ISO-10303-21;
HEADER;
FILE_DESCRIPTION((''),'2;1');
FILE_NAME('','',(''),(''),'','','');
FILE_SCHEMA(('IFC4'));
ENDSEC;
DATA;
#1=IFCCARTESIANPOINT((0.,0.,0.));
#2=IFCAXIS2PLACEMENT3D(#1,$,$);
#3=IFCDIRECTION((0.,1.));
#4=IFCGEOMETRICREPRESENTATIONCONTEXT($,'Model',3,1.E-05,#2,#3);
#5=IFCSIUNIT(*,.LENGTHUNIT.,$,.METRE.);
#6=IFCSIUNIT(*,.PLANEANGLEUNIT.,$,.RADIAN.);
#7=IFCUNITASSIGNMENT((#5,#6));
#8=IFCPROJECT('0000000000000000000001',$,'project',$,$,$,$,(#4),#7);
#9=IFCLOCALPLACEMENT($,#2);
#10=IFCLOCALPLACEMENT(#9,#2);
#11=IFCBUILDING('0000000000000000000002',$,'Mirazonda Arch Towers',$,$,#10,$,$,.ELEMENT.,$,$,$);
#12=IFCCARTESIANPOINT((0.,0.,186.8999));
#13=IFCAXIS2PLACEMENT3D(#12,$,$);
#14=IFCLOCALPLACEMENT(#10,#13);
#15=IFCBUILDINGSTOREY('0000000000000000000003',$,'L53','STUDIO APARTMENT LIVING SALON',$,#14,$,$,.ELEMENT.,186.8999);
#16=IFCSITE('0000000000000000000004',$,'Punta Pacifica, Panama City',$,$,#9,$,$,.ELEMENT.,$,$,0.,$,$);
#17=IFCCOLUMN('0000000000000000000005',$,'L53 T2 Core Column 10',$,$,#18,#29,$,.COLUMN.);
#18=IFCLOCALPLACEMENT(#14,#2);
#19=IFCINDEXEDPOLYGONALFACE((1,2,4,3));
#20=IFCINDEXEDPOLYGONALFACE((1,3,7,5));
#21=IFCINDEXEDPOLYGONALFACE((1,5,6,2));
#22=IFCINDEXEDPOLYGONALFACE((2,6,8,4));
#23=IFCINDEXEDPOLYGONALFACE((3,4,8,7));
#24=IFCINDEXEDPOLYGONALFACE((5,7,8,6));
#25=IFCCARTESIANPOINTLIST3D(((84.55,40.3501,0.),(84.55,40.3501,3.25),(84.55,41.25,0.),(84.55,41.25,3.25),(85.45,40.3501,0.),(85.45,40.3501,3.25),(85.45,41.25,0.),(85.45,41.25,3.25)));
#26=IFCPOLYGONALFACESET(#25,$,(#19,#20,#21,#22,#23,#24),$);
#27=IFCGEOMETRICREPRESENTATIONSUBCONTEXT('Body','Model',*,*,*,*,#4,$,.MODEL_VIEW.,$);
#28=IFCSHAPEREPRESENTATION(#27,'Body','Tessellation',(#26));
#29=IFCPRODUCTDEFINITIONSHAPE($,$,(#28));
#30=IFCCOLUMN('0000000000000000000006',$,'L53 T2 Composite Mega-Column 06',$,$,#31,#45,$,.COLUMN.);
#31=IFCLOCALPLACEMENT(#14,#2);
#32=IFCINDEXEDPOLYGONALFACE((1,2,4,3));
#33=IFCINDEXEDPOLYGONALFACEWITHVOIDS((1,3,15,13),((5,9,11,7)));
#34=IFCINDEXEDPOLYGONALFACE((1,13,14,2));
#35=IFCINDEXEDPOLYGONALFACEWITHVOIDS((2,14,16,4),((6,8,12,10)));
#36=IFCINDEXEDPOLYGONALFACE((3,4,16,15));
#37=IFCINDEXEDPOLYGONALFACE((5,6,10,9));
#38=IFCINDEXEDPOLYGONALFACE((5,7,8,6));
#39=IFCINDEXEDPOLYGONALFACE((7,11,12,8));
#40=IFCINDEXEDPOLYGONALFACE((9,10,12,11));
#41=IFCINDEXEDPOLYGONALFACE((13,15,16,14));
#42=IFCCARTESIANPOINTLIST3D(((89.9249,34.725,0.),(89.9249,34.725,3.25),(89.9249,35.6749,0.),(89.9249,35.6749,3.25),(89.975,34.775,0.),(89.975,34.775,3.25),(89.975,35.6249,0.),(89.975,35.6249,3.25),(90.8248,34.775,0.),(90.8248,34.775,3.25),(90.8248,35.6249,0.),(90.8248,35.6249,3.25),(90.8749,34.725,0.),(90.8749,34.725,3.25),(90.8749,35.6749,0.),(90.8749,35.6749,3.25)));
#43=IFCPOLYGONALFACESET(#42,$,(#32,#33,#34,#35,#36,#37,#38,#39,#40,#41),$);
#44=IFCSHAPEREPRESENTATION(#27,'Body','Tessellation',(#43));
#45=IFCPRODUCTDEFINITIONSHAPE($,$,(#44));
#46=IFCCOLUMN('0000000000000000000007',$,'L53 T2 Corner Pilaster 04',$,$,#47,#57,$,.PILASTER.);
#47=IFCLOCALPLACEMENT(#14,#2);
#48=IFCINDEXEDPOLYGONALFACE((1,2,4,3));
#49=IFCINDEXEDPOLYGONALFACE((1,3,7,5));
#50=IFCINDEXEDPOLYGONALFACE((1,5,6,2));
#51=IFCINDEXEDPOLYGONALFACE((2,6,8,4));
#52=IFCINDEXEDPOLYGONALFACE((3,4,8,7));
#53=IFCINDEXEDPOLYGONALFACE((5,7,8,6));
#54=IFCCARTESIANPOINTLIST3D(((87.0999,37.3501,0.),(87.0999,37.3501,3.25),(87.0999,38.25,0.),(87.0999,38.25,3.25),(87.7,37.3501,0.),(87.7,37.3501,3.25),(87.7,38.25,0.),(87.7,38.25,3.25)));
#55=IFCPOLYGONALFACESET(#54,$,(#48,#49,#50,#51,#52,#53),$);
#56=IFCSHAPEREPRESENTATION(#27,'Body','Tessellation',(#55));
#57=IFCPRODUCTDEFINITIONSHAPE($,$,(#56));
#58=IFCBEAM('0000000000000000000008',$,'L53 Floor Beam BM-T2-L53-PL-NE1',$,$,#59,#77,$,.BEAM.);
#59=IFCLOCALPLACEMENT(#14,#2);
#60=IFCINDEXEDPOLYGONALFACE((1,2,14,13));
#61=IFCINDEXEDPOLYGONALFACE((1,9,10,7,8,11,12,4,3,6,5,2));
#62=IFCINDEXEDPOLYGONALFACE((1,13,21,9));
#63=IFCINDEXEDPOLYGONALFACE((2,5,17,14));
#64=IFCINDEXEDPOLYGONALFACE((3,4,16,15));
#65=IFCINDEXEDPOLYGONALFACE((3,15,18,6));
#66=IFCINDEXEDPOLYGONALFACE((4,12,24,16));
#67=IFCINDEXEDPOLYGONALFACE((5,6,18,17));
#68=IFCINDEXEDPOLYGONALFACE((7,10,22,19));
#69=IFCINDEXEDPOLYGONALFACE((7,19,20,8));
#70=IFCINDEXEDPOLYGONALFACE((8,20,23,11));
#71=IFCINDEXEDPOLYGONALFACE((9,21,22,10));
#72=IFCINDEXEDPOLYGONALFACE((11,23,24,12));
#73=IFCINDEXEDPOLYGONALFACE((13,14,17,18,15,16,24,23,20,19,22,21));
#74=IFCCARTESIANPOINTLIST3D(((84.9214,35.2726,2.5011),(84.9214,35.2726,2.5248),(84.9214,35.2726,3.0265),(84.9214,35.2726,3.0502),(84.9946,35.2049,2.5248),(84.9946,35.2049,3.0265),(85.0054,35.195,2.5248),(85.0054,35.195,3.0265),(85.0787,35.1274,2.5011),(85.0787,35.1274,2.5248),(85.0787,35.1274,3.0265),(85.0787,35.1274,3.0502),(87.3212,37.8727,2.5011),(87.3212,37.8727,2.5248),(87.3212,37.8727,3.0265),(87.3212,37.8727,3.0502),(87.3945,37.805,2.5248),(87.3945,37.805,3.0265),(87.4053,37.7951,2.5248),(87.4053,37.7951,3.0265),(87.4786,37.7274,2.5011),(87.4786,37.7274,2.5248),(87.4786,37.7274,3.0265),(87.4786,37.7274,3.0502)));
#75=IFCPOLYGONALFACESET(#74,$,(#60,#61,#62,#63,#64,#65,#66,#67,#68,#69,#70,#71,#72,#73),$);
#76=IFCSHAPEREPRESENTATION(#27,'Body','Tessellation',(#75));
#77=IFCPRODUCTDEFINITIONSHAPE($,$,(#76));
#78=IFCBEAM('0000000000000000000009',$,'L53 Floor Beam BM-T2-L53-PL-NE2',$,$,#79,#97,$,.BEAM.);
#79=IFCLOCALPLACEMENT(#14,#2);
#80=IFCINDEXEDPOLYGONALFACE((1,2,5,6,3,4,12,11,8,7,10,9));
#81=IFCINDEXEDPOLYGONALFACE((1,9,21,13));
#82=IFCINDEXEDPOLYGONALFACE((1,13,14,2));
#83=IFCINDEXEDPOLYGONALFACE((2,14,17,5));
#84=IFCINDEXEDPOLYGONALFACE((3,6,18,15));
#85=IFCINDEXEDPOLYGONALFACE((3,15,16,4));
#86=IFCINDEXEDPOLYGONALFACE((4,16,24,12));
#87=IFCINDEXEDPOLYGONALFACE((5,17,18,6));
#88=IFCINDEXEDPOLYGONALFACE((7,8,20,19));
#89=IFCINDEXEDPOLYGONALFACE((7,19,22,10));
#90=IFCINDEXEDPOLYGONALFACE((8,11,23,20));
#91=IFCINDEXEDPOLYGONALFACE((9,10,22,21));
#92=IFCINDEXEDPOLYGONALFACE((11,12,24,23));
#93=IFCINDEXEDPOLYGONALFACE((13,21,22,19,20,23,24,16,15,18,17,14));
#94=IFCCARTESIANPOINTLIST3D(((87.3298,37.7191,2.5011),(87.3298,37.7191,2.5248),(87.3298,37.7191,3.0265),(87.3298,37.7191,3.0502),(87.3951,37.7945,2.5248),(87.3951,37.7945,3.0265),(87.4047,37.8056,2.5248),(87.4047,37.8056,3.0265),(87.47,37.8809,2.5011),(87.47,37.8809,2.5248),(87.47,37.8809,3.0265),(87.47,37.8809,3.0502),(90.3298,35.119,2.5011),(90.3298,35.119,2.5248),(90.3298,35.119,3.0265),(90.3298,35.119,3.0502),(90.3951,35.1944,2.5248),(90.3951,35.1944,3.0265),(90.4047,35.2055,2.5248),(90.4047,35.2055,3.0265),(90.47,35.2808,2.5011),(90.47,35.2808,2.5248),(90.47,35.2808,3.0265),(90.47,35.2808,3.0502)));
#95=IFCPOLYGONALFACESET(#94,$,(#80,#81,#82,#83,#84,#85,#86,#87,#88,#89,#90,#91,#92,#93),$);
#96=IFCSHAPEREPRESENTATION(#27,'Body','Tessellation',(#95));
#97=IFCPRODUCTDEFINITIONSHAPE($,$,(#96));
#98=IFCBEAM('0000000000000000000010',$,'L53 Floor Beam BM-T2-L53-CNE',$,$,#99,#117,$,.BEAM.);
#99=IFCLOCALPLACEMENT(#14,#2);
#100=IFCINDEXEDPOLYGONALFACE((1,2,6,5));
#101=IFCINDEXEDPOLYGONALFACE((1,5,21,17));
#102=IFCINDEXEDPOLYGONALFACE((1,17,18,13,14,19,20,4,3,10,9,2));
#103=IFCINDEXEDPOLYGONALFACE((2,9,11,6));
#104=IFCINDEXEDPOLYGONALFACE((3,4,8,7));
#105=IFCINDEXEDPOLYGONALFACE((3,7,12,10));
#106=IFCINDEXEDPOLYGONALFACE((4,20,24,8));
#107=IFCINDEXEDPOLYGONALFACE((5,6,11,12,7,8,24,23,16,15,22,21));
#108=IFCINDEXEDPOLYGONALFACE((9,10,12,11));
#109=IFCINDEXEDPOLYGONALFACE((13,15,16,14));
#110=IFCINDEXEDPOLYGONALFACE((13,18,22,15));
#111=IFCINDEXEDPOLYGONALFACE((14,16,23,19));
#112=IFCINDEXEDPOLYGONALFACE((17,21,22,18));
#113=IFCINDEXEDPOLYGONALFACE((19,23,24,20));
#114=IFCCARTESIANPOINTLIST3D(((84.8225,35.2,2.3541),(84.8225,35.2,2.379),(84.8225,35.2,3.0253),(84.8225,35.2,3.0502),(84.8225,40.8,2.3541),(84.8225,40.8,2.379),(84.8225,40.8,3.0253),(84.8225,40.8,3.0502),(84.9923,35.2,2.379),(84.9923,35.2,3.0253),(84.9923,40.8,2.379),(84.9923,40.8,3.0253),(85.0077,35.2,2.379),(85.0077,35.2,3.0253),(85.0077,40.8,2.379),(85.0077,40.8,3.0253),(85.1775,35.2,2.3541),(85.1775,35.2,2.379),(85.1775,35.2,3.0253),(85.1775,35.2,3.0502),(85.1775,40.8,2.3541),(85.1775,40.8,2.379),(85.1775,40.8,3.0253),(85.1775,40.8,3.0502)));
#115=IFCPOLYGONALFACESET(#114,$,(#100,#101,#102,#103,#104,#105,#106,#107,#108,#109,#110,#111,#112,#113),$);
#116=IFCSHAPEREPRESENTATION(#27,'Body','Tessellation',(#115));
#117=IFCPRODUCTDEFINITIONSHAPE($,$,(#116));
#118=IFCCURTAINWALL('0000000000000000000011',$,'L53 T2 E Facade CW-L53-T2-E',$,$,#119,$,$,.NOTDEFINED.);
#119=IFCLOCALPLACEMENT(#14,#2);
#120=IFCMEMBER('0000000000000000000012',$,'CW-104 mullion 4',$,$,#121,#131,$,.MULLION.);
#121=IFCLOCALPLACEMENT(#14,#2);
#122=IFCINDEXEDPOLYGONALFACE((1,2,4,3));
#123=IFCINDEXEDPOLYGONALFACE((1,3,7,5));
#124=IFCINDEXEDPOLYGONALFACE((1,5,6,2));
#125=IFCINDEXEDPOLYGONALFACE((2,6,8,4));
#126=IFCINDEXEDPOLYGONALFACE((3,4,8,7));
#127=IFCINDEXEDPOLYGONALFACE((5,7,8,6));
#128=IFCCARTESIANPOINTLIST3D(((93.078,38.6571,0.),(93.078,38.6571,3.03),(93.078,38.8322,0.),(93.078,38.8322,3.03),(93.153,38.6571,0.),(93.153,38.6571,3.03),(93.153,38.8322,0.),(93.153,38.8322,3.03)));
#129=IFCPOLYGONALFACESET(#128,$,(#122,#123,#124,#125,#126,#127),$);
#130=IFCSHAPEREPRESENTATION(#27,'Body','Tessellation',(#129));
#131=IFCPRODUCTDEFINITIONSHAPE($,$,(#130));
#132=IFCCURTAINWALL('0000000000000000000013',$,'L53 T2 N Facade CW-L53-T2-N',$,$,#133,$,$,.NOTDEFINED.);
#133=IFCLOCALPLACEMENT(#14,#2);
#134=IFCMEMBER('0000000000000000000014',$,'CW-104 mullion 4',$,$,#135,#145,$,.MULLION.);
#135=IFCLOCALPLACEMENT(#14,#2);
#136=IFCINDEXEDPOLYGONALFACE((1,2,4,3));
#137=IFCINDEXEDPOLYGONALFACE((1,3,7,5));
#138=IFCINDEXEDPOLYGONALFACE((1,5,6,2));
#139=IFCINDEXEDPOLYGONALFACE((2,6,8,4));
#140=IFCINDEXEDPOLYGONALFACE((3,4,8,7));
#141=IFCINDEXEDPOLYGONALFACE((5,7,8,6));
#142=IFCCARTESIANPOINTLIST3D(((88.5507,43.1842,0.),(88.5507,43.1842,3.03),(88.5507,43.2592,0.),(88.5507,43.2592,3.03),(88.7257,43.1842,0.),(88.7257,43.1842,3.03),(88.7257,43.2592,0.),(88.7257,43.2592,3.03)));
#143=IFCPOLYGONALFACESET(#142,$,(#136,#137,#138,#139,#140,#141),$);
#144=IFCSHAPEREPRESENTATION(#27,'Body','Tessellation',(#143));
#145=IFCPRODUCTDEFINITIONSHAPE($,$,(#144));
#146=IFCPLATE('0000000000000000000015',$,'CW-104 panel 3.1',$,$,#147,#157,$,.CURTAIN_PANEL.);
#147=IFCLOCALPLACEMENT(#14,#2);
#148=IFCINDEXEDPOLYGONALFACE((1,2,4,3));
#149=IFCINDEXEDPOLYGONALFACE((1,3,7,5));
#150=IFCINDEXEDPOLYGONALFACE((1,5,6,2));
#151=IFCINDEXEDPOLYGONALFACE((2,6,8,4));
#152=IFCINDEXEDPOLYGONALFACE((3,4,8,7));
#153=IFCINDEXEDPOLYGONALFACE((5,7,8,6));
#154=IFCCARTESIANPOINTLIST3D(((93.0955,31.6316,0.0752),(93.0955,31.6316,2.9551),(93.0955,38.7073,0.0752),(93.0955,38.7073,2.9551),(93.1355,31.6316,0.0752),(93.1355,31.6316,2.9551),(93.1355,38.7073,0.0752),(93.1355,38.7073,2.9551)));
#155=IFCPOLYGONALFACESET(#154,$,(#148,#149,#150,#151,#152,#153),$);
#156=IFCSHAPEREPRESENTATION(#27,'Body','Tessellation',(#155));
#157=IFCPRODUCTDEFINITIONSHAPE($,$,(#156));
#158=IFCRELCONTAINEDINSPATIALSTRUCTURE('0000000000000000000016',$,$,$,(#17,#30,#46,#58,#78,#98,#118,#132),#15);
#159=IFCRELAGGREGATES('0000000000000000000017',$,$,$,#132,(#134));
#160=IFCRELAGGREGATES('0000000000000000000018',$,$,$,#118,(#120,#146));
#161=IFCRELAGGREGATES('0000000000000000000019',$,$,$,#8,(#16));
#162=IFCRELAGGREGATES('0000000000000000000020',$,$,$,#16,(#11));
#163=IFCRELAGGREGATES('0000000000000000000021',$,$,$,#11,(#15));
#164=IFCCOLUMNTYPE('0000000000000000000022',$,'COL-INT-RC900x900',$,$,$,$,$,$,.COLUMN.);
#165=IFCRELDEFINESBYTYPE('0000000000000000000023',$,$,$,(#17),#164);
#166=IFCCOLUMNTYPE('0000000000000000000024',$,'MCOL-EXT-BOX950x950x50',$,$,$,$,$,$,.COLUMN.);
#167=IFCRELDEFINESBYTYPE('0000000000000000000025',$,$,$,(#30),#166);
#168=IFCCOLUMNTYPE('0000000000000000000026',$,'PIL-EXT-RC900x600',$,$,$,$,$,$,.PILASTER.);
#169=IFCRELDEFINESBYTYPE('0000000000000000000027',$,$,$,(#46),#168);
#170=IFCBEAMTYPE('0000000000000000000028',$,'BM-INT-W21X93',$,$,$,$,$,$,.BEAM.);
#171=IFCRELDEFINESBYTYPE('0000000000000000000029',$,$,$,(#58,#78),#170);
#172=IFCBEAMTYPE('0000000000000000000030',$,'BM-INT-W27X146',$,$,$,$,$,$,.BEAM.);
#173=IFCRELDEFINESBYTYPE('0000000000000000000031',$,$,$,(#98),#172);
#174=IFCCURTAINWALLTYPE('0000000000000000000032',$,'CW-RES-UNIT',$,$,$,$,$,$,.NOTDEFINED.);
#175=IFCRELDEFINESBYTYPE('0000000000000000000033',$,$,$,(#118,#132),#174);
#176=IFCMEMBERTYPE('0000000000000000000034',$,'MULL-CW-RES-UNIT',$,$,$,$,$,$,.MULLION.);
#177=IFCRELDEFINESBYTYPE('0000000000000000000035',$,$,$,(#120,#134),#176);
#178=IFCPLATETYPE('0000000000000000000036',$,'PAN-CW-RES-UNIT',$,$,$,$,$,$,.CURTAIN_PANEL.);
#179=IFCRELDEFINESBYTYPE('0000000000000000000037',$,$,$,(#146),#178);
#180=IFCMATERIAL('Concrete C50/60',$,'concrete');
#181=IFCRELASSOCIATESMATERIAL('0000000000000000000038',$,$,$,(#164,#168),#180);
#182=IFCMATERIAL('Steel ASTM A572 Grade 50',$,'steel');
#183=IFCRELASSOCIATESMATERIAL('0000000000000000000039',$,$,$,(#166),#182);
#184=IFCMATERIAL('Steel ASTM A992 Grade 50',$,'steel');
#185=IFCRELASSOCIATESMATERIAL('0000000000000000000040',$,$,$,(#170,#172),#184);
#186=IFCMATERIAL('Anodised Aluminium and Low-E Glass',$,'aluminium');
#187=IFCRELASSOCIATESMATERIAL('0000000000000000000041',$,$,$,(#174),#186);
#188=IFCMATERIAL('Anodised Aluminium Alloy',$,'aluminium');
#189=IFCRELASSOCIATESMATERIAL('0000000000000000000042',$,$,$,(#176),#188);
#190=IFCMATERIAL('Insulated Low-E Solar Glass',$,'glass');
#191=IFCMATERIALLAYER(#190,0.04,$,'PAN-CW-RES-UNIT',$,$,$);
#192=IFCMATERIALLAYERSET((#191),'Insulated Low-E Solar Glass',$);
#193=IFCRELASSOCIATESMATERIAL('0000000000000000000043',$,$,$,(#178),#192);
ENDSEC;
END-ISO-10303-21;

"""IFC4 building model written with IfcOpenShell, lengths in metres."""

from ifc_helpers import new_model, si_unit, direction, frame, origin, origin_2d, place, context, subcontext, project, spatial, rectangle, hollow_rectangle, i_section, extrude, material, layer, layer_set, material_profile, profile_set, type_object, element, aggregate, save


model = new_model("IFC4")

# Units and contexts
model_context = context("Model", 3, precision=1e-05, world=origin(), true_north=direction((0.0, 1.0)))
body_context = subcontext(model_context, "Body", "Model", "MODEL_VIEW")
ifc_project = project(units=[si_unit("LENGTHUNIT", "METRE"), si_unit("PLANEANGLEUNIT", "RADIAN")], contexts=[model_context])

# Site, building, storey
site_placement = place(None, origin())
site = spatial("IfcSite", under=ifc_project, at=site_placement, Name="Punta Pacifica, Panama City", CompositionType="ELEMENT", RefElevation=0.0)
building_placement = place(site_placement, origin())
building = spatial("IfcBuilding", under=site, at=building_placement, Name="Mirazonda Arch Towers", CompositionType="ELEMENT")
storey_placement = place(building_placement, frame((0.0, 0.0, 186.8999)))
storey = spatial("IfcBuildingStorey", under=building, at=storey_placement, Name="L53", Description="STUDIO APARTMENT LIVING SALON", CompositionType="ELEMENT", Elevation=186.8999)

# Columns
ifc_material_1 = material(Name="Concrete C50/60", Category="concrete")
ifc_material_profile_1 = material_profile(ifc_material_1, rectangle(XDim=0.8999, YDim=0.8999, at=origin_2d()), Name="RC900x900")
ifc_profile_set_1 = profile_set([ifc_material_profile_1], Name="Concrete C50/60")
column_type_1 = type_object("IfcColumnType", Name="COL-INT-RC900x900", PredefinedType="COLUMN", material=ifc_profile_set_1)
column_1_placement = place(storey_placement, frame((85.0, 40.8, 0.0), z_axis=(0.0, 0.0, 1.0), x_axis=(1.0, 0.0, 0.0)))
element("IfcColumn", 1, at=column_1_placement, inside=storey, type_object=column_type_1, Name="L53 T2 Core Column 10", PredefinedType="COLUMN", context=body_context, shape_type="SweptSolid", body=[
    extrude(rectangle(XDim=0.8999, YDim=0.8999, at=origin_2d()), origin(), (0.0, 0.0, 1.0), 3.25),
])
ifc_material_2 = material(Name="Steel ASTM A572 Grade 50", Category="steel")
ifc_material_profile_2 = material_profile(ifc_material_2, hollow_rectangle(XDim=0.95, YDim=0.95, WallThickness=0.05, at=origin_2d()), Name="BOX950x950x50")
ifc_profile_set_2 = profile_set([ifc_material_profile_2], Name="Steel ASTM A572 Grade 50")
column_type_2 = type_object("IfcColumnType", Name="MCOL-EXT-BOX950x950x50", PredefinedType="COLUMN", material=ifc_profile_set_2)
column_2_placement = place(storey_placement, frame((90.3999, 35.2, 0.0), z_axis=(0.0, 0.0, 1.0), x_axis=(1.0, 0.0, 0.0)))
element("IfcColumn", 2, at=column_2_placement, inside=storey, type_object=column_type_2, Name="L53 T2 Composite Mega-Column 06", PredefinedType="COLUMN", context=body_context, shape_type="SweptSolid", body=[
    extrude(hollow_rectangle(XDim=0.95, YDim=0.95, WallThickness=0.05, at=origin_2d()), origin(), (0.0, 0.0, 1.0), 3.25),
])
ifc_material_profile_3 = material_profile(ifc_material_1, rectangle(XDim=0.6001, YDim=0.8999, at=origin_2d()), Name="RC900x600")
ifc_profile_set_3 = profile_set([ifc_material_profile_3], Name="Concrete C50/60")
column_type_3 = type_object("IfcColumnType", Name="PIL-EXT-RC900x600", PredefinedType="PILASTER", material=ifc_profile_set_3)
column_3_placement = place(storey_placement, frame((87.3999, 37.8, 0.0), z_axis=(0.0, 0.0, 1.0), x_axis=(1.0, 0.0, 0.0)))
element("IfcColumn", 3, at=column_3_placement, inside=storey, type_object=column_type_3, Name="L53 T2 Corner Pilaster 04", PredefinedType="PILASTER", context=body_context, shape_type="SweptSolid", body=[
    extrude(rectangle(XDim=0.6001, YDim=0.8999, at=origin_2d()), origin(), (0.0, 0.0, 1.0), 3.25),
])

# Beams
ifc_material_3 = material(Name="Steel ASTM A992 Grade 50", Category="steel")
ifc_material_profile_4 = material_profile(ifc_material_3, i_section(OverallWidth=0.2141, OverallDepth=0.5491, WebThickness=0.0146, FlangeThickness=0.0237, at=origin_2d()), Name="W21X93")
ifc_profile_set_4 = profile_set([ifc_material_profile_4], Name="Steel ASTM A992 Grade 50")
beam_type_1 = type_object("IfcBeamType", Name="BM-INT-W21X93", PredefinedType="BEAM", material=ifc_profile_set_4)
beam_1_placement = place(storey_placement, frame((87.3999, 37.8, 2.7756), z_axis=(-0.678251, -0.73483, 0.0), x_axis=(0.73483, -0.678251, 0.0)))
element("IfcBeam", 4, at=beam_1_placement, inside=storey, type_object=beam_type_1, Name="L53 Floor Beam BM-T2-L53-PL-NE1", PredefinedType="BEAM", context=body_context, shape_type="SweptSolid", body=[
    extrude(i_section(OverallWidth=0.2141, OverallDepth=0.5491, WebThickness=0.0146, FlangeThickness=0.0237, at=origin_2d()), origin(), (0.0, 0.0, 1.0), 3.5383),
])
beam_2_placement = place(storey_placement, frame((87.3999, 37.8, 2.7756), z_axis=(0.755677, -0.654945, 0.0), x_axis=(0.654945, 0.755677, 0.0)))
element("IfcBeam", 5, at=beam_2_placement, inside=storey, type_object=beam_type_1, Name="L53 Floor Beam BM-T2-L53-PL-NE2", PredefinedType="BEAM", context=body_context, shape_type="SweptSolid", body=[
    extrude(i_section(OverallWidth=0.2141, OverallDepth=0.5491, WebThickness=0.0146, FlangeThickness=0.0237, at=origin_2d()), origin(), (0.0, 0.0, 1.0), 3.97),
])
ifc_material_profile_5 = material_profile(ifc_material_3, i_section(OverallWidth=0.355, OverallDepth=0.696, WebThickness=0.0154, FlangeThickness=0.0249, at=origin_2d()), Name="W27X146")
ifc_profile_set_5 = profile_set([ifc_material_profile_5], Name="Steel ASTM A992 Grade 50")
beam_type_2 = type_object("IfcBeamType", Name="BM-INT-W27X146", PredefinedType="BEAM", material=ifc_profile_set_5)
beam_3_placement = place(storey_placement, frame((85.0, 35.2, 2.7021), z_axis=(0.0, 1.0, 0.0), x_axis=(-1.0, 0.0, 0.0)))
element("IfcBeam", 6, at=beam_3_placement, inside=storey, type_object=beam_type_2, Name="L53 Floor Beam BM-T2-L53-CNE", PredefinedType="BEAM", context=body_context, shape_type="SweptSolid", body=[
    extrude(i_section(OverallWidth=0.355, OverallDepth=0.696, WebThickness=0.0154, FlangeThickness=0.0249, at=origin_2d()), origin(), (0.0, 0.0, 1.0), 5.6001),
])

# Curtain walls, members
ifc_material_4 = material(Name="Anodised Aluminium and Low-E Glass", Category="aluminium")
curtain_wall_type = type_object("IfcCurtainWallType", Name="CW-RES-UNIT", PredefinedType="NOTDEFINED", material=ifc_material_4)
curtain_wall_1_placement = place(storey_placement, origin())
curtain_wall_1 = element("IfcCurtainWall", 7, at=curtain_wall_1_placement, inside=storey, type_object=curtain_wall_type, Name="L53 T2 E Facade CW-L53-T2-E", PredefinedType="NOTDEFINED")
ifc_material_5 = material(Name="Anodised Aluminium Alloy", Category="aluminium")
ifc_material_profile_6 = material_profile(ifc_material_5, rectangle(XDim=0.075, YDim=0.175, at=origin_2d()), Name="ALU-MULL-75x175")
ifc_profile_set_6 = profile_set([ifc_material_profile_6], Name="Anodised Aluminium Alloy")
member_type = type_object("IfcMemberType", Name="MULL-CW-RES-UNIT", PredefinedType="MULLION", material=ifc_profile_set_6)
member_1_placement = place(storey_placement, frame((93.1155, 38.7446, 0.0), z_axis=(0.0, 0.0, 1.0), x_axis=(-1.0, 0.0, 0.0)))
member_1 = element("IfcMember", 8, at=member_1_placement, type_object=member_type, Name="CW-104 mullion 4", PredefinedType="MULLION", context=body_context, shape_type="SweptSolid", body=[
    extrude(rectangle(XDim=0.075, YDim=0.175, at=origin_2d()), origin(), (0.0, 0.0, 1.0), 3.03),
])
curtain_wall_2_placement = place(storey_placement, origin())
curtain_wall_2 = element("IfcCurtainWall", 9, at=curtain_wall_2_placement, inside=storey, type_object=curtain_wall_type, Name="L53 T2 N Facade CW-L53-T2-N", PredefinedType="NOTDEFINED")
member_2_placement = place(storey_placement, frame((88.6382, 43.2217, 0.0), z_axis=(0.0, 0.0, 1.0), x_axis=(0.0, 1.0, 0.0)))
member_2 = element("IfcMember", 10, at=member_2_placement, type_object=member_type, Name="CW-104 mullion 4", PredefinedType="MULLION", context=body_context, shape_type="SweptSolid", body=[
    extrude(rectangle(XDim=0.075, YDim=0.175, at=origin_2d()), origin(), (0.0, 0.0, 1.0), 3.03),
])
aggregate(curtain_wall_2, [member_2])

# Plate
ifc_material_6 = material(Name="Insulated Low-E Solar Glass", Category="glass")
ifc_layer_1 = layer(ifc_material_6, 0.04, Name="PAN-CW-RES-UNIT")
ifc_layer_set_1 = layer_set([ifc_layer_1], Name="Insulated Low-E Solar Glass")
plate_type = type_object("IfcPlateType", Name="PAN-CW-RES-UNIT", PredefinedType="CURTAIN_PANEL", material=ifc_layer_set_1)
plate_placement = place(storey_placement, frame((93.1155, 35.1694, 0.0752), z_axis=(0.0, 0.0, 1.0), x_axis=(0.0, 1.0, 0.0)))
plate = element("IfcPlate", 11, at=plate_placement, type_object=plate_type, Name="CW-104 panel 3.1", PredefinedType="CURTAIN_PANEL", context=body_context, shape_type="SweptSolid", body=[
    extrude(rectangle(XDim=7.0757, YDim=0.04, at=origin_2d()), origin(), (0.0, 0.0, 1.0), 2.8799),
])
aggregate(curtain_wall_1, [member_1, plate])

save(model, "model.ifc")
